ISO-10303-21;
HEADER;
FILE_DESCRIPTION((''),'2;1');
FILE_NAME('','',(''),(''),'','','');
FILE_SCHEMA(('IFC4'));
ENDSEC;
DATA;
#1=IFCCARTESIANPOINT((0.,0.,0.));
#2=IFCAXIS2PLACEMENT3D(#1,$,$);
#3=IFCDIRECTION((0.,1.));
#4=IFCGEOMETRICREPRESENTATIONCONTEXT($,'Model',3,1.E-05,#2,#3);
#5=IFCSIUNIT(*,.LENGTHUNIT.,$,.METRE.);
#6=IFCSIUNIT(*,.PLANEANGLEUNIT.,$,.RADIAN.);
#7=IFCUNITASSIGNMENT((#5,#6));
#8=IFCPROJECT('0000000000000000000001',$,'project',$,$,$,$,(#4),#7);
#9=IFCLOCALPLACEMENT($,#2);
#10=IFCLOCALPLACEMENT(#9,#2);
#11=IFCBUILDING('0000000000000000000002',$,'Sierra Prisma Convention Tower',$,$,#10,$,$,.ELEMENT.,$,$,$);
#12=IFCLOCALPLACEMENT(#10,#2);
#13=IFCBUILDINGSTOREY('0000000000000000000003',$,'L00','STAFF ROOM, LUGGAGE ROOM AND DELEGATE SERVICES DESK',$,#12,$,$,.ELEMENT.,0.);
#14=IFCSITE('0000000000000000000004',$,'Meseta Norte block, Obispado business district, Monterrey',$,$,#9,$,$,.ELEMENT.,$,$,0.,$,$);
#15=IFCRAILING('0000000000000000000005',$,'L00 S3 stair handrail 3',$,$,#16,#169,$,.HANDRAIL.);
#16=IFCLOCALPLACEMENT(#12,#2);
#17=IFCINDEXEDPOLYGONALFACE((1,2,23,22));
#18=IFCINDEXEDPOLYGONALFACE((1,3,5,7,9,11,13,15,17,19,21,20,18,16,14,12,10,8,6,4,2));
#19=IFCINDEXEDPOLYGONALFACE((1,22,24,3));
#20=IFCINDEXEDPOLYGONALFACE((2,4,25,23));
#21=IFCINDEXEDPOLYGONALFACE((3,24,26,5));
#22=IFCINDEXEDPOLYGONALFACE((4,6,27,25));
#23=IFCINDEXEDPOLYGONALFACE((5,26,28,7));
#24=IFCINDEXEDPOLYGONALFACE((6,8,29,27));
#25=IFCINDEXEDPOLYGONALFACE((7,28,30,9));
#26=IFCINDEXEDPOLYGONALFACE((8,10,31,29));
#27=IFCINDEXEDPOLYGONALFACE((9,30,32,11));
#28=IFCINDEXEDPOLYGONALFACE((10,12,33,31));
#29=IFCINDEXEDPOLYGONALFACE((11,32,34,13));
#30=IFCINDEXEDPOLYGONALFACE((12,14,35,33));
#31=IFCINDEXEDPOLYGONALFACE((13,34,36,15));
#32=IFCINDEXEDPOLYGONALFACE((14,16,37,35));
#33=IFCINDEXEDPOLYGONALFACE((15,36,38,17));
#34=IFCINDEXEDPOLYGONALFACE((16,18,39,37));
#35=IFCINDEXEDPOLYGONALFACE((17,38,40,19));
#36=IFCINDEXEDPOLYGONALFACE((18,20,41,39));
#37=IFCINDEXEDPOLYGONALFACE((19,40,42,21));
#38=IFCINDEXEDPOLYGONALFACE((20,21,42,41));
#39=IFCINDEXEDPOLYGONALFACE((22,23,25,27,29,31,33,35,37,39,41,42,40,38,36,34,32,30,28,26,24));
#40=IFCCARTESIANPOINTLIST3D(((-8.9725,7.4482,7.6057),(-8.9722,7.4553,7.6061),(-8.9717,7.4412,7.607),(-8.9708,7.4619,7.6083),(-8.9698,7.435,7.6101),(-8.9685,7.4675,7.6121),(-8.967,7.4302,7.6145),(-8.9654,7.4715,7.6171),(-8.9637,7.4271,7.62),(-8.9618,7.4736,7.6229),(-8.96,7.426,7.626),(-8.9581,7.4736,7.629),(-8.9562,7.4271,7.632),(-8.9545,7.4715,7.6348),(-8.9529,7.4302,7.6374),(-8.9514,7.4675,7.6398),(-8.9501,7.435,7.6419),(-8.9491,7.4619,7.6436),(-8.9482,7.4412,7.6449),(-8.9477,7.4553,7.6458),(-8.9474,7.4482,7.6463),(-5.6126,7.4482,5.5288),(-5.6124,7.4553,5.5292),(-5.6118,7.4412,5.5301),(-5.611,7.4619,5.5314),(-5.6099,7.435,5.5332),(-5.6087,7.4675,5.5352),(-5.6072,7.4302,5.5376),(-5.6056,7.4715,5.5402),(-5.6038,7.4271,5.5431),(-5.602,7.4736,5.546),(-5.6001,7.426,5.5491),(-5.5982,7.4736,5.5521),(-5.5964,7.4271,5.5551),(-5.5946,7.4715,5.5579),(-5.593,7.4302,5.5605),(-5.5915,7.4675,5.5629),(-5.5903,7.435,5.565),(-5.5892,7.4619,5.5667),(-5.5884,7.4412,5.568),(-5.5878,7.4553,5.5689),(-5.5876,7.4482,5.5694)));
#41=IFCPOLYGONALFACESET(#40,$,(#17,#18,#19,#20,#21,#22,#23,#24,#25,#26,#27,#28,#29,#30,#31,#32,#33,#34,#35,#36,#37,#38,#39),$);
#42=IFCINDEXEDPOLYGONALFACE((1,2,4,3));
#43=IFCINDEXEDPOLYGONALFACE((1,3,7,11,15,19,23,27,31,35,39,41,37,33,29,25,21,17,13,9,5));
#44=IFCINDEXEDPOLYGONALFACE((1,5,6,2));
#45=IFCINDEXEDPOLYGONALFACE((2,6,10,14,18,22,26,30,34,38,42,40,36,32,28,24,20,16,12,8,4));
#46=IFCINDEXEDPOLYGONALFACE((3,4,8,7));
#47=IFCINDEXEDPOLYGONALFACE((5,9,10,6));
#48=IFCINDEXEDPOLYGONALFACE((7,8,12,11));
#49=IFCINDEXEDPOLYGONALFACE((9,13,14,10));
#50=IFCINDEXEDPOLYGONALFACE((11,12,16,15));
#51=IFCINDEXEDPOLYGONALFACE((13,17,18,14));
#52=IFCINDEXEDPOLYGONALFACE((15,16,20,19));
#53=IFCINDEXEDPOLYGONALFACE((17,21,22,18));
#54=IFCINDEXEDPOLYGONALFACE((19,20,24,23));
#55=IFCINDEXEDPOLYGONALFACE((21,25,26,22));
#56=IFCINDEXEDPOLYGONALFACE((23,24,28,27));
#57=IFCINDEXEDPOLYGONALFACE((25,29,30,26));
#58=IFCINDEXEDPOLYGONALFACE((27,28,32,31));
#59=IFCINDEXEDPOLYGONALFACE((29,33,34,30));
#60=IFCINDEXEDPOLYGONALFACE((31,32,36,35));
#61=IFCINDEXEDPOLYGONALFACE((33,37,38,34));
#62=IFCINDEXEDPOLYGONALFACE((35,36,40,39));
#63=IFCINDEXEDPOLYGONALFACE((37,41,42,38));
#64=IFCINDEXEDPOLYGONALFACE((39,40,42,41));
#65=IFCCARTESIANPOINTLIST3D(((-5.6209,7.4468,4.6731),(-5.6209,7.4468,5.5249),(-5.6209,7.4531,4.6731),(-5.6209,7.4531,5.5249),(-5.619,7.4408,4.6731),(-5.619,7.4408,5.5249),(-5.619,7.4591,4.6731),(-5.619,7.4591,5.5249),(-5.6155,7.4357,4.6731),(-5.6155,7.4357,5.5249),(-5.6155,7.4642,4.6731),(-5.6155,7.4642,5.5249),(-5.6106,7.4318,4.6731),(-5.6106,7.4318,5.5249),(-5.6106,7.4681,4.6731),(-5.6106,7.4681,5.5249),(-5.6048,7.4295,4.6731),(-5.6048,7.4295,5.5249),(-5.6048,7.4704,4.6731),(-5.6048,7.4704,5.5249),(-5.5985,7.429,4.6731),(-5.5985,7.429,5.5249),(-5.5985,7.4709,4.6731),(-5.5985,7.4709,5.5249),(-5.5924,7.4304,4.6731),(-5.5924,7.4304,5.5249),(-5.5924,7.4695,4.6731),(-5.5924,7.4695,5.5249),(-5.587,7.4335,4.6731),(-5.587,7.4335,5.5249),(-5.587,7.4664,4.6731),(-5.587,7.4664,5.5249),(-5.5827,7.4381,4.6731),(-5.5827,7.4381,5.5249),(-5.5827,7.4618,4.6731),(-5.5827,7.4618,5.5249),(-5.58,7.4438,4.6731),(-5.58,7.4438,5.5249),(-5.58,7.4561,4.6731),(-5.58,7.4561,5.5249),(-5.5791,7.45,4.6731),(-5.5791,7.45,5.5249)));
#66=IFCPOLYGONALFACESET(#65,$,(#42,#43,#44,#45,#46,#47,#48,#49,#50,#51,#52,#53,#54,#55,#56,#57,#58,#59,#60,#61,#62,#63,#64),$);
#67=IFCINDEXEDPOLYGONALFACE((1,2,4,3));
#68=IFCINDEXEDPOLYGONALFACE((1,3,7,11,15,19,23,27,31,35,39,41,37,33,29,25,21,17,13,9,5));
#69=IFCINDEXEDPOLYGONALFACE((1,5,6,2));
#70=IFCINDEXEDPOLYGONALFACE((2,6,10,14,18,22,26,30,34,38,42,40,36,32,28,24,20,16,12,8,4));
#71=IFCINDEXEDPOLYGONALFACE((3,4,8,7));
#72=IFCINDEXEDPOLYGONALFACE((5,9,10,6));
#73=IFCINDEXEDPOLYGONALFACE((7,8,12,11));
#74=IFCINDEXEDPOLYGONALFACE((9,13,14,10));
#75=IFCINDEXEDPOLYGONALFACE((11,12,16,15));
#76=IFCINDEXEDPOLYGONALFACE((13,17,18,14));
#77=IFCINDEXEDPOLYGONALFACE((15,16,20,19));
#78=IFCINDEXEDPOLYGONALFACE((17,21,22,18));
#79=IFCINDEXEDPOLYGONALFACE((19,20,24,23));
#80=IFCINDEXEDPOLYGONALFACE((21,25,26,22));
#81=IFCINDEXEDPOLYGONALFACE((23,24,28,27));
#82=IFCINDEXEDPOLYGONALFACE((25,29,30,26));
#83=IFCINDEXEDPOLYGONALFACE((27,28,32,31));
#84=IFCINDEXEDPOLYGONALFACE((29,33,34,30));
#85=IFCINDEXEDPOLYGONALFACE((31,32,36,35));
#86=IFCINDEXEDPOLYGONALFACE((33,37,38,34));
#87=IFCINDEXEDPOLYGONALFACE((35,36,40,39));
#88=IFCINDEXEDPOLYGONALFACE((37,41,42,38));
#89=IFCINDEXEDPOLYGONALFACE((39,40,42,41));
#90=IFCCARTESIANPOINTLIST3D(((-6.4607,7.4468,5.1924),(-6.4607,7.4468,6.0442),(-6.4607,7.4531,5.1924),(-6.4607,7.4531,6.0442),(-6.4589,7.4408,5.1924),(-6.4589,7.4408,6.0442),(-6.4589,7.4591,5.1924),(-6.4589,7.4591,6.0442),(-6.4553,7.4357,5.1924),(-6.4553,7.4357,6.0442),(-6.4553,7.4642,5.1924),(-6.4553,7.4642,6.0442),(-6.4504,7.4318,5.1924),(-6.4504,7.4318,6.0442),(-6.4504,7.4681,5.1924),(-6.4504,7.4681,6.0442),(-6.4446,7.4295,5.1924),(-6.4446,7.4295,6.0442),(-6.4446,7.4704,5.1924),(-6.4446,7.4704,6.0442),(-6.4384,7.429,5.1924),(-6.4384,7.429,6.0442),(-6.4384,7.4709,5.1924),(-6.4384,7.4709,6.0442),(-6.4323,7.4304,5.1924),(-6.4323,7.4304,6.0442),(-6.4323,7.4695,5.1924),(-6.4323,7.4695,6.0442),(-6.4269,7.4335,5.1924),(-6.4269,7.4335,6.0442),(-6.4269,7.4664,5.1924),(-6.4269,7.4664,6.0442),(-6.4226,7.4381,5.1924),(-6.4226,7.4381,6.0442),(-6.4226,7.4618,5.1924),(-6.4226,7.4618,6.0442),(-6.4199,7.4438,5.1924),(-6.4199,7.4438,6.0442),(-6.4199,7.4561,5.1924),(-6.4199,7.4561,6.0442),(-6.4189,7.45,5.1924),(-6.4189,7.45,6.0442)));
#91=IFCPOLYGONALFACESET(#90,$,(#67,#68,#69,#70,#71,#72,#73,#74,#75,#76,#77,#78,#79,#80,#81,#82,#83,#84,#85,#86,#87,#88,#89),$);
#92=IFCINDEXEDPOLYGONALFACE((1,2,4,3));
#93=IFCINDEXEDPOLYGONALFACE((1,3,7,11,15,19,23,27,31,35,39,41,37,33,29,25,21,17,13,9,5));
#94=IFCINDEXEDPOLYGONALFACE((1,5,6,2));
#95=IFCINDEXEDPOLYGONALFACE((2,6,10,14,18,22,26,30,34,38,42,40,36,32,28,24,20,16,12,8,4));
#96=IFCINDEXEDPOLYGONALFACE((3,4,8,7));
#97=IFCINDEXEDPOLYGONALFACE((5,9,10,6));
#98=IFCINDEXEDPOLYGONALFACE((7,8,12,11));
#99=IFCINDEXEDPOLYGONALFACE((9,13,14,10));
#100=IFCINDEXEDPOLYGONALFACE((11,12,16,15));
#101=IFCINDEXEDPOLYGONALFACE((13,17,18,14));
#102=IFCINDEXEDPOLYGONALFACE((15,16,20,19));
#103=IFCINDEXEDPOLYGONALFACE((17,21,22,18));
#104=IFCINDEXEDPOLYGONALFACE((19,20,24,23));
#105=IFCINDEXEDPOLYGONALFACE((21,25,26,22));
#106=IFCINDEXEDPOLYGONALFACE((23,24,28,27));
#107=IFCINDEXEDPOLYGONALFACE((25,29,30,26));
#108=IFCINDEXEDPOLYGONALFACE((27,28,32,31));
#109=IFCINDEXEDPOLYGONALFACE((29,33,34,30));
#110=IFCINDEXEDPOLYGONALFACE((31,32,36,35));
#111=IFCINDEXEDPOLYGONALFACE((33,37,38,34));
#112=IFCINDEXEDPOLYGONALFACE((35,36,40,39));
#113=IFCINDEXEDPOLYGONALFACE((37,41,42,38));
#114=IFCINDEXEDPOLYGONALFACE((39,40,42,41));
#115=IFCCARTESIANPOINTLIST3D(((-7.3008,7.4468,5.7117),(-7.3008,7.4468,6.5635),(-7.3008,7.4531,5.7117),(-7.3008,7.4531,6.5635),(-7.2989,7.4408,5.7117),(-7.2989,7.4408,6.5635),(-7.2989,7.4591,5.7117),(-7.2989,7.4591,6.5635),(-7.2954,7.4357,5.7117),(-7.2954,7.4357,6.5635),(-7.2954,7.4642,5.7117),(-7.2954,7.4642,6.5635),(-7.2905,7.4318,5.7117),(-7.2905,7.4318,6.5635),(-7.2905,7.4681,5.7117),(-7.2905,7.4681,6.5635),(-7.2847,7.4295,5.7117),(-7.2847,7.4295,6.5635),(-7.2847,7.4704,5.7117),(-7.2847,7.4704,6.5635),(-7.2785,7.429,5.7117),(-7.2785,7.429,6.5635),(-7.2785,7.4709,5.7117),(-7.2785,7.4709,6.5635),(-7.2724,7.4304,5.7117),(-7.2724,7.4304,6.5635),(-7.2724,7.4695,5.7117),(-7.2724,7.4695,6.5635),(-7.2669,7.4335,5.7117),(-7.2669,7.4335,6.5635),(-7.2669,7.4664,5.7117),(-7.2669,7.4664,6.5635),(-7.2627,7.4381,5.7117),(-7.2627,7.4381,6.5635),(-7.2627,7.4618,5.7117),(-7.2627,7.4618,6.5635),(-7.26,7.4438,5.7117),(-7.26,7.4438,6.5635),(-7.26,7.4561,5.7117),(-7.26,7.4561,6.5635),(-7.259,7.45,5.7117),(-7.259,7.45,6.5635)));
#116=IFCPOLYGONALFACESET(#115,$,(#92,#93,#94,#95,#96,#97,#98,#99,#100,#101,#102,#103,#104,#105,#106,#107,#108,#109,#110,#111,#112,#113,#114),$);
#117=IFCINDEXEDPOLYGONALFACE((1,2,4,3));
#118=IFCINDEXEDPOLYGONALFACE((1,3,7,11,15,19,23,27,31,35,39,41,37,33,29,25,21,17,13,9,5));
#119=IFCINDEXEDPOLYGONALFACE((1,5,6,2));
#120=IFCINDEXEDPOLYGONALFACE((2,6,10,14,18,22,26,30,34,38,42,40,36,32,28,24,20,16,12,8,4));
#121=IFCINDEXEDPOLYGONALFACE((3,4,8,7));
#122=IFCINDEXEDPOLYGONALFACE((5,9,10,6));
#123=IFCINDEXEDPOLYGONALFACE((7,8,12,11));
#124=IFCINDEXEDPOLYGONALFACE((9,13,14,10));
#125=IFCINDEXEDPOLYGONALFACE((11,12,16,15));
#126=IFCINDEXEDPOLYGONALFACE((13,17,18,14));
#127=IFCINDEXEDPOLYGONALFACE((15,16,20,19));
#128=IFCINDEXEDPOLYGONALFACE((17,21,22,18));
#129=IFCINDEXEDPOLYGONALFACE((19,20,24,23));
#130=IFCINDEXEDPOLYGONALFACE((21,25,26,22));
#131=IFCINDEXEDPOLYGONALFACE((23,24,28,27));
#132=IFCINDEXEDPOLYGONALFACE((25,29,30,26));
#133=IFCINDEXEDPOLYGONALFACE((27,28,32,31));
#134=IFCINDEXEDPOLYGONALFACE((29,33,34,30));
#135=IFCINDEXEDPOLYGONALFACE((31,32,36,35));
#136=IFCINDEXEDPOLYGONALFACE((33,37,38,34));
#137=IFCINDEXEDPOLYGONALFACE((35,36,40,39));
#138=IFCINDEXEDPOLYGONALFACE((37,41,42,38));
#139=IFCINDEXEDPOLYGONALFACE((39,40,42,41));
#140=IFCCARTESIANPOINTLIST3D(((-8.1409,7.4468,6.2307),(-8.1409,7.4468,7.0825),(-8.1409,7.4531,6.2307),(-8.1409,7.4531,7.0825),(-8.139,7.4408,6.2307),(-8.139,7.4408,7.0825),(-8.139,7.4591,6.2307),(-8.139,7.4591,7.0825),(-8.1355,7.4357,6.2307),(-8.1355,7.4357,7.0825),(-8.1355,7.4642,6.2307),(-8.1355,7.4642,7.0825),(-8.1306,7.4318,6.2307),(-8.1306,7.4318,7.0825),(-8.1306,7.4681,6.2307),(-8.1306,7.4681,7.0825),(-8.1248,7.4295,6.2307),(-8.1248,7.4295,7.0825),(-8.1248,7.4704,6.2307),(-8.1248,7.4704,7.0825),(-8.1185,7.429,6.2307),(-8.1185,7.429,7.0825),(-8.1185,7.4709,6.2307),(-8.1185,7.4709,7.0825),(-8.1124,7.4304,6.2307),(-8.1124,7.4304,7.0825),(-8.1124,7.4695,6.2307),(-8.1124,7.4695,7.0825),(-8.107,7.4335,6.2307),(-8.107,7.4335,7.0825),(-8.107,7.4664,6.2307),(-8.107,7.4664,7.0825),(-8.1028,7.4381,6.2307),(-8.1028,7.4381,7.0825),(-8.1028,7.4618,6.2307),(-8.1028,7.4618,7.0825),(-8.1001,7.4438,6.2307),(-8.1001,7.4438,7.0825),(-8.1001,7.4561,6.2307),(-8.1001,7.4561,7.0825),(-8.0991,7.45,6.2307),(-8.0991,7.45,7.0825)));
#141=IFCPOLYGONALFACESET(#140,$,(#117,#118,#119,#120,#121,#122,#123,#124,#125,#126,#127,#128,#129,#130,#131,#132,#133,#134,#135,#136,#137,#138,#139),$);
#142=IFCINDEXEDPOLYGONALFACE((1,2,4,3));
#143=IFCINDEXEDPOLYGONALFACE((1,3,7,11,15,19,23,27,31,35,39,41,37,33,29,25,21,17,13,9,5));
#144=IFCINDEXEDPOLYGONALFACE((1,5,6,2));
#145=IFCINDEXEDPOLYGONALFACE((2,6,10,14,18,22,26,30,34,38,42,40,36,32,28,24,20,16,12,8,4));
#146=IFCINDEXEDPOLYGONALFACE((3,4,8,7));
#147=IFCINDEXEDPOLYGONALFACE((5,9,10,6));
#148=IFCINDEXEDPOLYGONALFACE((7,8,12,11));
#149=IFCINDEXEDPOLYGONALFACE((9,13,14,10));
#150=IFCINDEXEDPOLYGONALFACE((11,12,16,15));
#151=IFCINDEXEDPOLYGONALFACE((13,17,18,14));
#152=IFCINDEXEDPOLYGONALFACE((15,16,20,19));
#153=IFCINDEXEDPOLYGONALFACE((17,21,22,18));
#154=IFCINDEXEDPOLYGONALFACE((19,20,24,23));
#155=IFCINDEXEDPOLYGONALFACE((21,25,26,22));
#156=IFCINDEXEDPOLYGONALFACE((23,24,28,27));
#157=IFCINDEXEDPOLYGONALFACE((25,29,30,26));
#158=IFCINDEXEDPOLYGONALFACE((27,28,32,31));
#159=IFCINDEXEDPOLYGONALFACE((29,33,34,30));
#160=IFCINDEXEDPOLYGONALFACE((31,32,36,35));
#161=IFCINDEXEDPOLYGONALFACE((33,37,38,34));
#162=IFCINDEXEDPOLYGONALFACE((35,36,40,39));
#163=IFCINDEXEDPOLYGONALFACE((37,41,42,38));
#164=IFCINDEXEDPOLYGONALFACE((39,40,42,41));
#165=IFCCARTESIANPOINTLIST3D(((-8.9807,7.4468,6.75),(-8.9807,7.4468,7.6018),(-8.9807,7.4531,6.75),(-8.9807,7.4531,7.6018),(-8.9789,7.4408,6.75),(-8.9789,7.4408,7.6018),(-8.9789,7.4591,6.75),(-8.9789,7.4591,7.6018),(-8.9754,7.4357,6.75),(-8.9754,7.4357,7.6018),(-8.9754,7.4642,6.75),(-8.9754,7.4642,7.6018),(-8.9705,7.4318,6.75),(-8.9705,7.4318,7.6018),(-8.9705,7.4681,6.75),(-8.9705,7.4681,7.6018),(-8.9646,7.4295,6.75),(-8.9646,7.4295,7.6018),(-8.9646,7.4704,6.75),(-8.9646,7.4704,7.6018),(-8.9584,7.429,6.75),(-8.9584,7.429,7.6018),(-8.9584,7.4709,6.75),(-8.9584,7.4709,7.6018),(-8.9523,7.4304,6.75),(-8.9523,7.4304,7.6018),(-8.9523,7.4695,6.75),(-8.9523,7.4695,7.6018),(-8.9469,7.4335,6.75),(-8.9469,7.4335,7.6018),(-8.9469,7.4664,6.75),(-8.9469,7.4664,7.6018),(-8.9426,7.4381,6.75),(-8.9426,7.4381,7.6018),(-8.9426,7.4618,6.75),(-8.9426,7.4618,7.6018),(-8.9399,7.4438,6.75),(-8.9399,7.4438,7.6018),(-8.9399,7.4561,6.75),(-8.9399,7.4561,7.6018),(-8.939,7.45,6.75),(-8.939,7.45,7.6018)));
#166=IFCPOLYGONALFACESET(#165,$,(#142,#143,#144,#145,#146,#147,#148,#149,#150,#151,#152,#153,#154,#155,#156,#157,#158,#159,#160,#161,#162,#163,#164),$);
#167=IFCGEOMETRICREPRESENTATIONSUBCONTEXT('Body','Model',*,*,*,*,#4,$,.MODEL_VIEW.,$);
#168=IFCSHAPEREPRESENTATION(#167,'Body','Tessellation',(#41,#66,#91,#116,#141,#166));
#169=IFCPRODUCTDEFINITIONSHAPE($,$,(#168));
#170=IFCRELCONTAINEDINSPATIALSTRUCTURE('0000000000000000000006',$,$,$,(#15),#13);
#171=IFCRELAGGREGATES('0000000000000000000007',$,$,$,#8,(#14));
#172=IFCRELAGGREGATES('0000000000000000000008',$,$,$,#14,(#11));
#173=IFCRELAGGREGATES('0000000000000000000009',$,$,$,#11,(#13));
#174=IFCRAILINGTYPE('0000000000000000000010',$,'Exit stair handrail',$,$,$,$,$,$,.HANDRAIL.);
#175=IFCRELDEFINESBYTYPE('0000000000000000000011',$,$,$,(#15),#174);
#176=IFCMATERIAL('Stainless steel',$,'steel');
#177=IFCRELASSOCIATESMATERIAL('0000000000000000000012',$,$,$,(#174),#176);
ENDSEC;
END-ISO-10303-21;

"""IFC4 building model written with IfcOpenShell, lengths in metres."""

from ifc_helpers import new_model, si_unit, direction, frame, origin, origin_2d, place, context, subcontext, project, spatial, circle, extrude, material, type_object, element, save


model = new_model("IFC4")

# Units and contexts
model_context = context("Model", 3, precision=1e-05, world=origin(), true_north=direction((0.0, 1.0)))
body_context = subcontext(model_context, "Body", "Model", "MODEL_VIEW")
ifc_project = project(units=[si_unit("LENGTHUNIT", "METRE"), si_unit("PLANEANGLEUNIT", "RADIAN")], contexts=[model_context])

# Site, building, storey
site_placement = place(None, origin())
site = spatial("IfcSite", under=ifc_project, at=site_placement, Name="Meseta Norte block, Obispado business district, Monterrey", CompositionType="ELEMENT", RefElevation=0.0)
building_placement = place(site_placement, origin())
building = spatial("IfcBuilding", under=site, at=building_placement, Name="Sierra Prisma Convention Tower", CompositionType="ELEMENT")
storey_placement = place(building_placement, origin())
storey = spatial("IfcBuildingStorey", under=building, at=storey_placement, Name="L00", Description="STAFF ROOM, LUGGAGE ROOM AND DELEGATE SERVICES DESK", CompositionType="ELEMENT", Elevation=0.0)

# Railing
ifc_material_1 = material(Name="Stainless steel", Category="steel")
railing_type_1 = type_object("IfcRailingType", Name="Exit stair handrail", PredefinedType="HANDRAIL", material=ifc_material_1)
for number, where, name in (
    (1, (-5.6001, 7.45, 4.6731), "L00 S3 stair handrail 3"),
):
    element("IfcRailing", number, at=place(storey_placement, frame(where)), inside=storey, type_object=railing_type_1, Name=name, PredefinedType="HANDRAIL", context=body_context, shape_type="SweptSolid", body=[
        extrude(circle(Radius=0.0239, at=origin_2d()), frame((0.0, 0.0, 0.876), z_axis=(-0.850606, 0.0, 0.525803), x_axis=(0.0, -1.0, 0.0)), (0.0, 0.0, 1.0), 3.95),
        extrude(circle(Radius=0.021, at=origin_2d()), origin(), (0.0, 0.0, 1.0), 0.8518),
        extrude(circle(Radius=0.021, at=origin_2d()), frame((-0.8398, 0.0, 0.5193)), (0.0, 0.0, 1.0), 0.8518),
        extrude(circle(Radius=0.021, at=origin_2d()), frame((-1.6799, 0.0, 1.0386)), (0.0, 0.0, 1.0), 0.8518),
        extrude(circle(Radius=0.021, at=origin_2d()), frame((-2.52, 0.0, 1.5576)), (0.0, 0.0, 1.0), 0.8518),
        extrude(circle(Radius=0.021, at=origin_2d()), frame((-3.3599, 0.0, 2.0769)), (0.0, 0.0, 1.0), 0.8518),
    ])

save(model, "model.ifc")
